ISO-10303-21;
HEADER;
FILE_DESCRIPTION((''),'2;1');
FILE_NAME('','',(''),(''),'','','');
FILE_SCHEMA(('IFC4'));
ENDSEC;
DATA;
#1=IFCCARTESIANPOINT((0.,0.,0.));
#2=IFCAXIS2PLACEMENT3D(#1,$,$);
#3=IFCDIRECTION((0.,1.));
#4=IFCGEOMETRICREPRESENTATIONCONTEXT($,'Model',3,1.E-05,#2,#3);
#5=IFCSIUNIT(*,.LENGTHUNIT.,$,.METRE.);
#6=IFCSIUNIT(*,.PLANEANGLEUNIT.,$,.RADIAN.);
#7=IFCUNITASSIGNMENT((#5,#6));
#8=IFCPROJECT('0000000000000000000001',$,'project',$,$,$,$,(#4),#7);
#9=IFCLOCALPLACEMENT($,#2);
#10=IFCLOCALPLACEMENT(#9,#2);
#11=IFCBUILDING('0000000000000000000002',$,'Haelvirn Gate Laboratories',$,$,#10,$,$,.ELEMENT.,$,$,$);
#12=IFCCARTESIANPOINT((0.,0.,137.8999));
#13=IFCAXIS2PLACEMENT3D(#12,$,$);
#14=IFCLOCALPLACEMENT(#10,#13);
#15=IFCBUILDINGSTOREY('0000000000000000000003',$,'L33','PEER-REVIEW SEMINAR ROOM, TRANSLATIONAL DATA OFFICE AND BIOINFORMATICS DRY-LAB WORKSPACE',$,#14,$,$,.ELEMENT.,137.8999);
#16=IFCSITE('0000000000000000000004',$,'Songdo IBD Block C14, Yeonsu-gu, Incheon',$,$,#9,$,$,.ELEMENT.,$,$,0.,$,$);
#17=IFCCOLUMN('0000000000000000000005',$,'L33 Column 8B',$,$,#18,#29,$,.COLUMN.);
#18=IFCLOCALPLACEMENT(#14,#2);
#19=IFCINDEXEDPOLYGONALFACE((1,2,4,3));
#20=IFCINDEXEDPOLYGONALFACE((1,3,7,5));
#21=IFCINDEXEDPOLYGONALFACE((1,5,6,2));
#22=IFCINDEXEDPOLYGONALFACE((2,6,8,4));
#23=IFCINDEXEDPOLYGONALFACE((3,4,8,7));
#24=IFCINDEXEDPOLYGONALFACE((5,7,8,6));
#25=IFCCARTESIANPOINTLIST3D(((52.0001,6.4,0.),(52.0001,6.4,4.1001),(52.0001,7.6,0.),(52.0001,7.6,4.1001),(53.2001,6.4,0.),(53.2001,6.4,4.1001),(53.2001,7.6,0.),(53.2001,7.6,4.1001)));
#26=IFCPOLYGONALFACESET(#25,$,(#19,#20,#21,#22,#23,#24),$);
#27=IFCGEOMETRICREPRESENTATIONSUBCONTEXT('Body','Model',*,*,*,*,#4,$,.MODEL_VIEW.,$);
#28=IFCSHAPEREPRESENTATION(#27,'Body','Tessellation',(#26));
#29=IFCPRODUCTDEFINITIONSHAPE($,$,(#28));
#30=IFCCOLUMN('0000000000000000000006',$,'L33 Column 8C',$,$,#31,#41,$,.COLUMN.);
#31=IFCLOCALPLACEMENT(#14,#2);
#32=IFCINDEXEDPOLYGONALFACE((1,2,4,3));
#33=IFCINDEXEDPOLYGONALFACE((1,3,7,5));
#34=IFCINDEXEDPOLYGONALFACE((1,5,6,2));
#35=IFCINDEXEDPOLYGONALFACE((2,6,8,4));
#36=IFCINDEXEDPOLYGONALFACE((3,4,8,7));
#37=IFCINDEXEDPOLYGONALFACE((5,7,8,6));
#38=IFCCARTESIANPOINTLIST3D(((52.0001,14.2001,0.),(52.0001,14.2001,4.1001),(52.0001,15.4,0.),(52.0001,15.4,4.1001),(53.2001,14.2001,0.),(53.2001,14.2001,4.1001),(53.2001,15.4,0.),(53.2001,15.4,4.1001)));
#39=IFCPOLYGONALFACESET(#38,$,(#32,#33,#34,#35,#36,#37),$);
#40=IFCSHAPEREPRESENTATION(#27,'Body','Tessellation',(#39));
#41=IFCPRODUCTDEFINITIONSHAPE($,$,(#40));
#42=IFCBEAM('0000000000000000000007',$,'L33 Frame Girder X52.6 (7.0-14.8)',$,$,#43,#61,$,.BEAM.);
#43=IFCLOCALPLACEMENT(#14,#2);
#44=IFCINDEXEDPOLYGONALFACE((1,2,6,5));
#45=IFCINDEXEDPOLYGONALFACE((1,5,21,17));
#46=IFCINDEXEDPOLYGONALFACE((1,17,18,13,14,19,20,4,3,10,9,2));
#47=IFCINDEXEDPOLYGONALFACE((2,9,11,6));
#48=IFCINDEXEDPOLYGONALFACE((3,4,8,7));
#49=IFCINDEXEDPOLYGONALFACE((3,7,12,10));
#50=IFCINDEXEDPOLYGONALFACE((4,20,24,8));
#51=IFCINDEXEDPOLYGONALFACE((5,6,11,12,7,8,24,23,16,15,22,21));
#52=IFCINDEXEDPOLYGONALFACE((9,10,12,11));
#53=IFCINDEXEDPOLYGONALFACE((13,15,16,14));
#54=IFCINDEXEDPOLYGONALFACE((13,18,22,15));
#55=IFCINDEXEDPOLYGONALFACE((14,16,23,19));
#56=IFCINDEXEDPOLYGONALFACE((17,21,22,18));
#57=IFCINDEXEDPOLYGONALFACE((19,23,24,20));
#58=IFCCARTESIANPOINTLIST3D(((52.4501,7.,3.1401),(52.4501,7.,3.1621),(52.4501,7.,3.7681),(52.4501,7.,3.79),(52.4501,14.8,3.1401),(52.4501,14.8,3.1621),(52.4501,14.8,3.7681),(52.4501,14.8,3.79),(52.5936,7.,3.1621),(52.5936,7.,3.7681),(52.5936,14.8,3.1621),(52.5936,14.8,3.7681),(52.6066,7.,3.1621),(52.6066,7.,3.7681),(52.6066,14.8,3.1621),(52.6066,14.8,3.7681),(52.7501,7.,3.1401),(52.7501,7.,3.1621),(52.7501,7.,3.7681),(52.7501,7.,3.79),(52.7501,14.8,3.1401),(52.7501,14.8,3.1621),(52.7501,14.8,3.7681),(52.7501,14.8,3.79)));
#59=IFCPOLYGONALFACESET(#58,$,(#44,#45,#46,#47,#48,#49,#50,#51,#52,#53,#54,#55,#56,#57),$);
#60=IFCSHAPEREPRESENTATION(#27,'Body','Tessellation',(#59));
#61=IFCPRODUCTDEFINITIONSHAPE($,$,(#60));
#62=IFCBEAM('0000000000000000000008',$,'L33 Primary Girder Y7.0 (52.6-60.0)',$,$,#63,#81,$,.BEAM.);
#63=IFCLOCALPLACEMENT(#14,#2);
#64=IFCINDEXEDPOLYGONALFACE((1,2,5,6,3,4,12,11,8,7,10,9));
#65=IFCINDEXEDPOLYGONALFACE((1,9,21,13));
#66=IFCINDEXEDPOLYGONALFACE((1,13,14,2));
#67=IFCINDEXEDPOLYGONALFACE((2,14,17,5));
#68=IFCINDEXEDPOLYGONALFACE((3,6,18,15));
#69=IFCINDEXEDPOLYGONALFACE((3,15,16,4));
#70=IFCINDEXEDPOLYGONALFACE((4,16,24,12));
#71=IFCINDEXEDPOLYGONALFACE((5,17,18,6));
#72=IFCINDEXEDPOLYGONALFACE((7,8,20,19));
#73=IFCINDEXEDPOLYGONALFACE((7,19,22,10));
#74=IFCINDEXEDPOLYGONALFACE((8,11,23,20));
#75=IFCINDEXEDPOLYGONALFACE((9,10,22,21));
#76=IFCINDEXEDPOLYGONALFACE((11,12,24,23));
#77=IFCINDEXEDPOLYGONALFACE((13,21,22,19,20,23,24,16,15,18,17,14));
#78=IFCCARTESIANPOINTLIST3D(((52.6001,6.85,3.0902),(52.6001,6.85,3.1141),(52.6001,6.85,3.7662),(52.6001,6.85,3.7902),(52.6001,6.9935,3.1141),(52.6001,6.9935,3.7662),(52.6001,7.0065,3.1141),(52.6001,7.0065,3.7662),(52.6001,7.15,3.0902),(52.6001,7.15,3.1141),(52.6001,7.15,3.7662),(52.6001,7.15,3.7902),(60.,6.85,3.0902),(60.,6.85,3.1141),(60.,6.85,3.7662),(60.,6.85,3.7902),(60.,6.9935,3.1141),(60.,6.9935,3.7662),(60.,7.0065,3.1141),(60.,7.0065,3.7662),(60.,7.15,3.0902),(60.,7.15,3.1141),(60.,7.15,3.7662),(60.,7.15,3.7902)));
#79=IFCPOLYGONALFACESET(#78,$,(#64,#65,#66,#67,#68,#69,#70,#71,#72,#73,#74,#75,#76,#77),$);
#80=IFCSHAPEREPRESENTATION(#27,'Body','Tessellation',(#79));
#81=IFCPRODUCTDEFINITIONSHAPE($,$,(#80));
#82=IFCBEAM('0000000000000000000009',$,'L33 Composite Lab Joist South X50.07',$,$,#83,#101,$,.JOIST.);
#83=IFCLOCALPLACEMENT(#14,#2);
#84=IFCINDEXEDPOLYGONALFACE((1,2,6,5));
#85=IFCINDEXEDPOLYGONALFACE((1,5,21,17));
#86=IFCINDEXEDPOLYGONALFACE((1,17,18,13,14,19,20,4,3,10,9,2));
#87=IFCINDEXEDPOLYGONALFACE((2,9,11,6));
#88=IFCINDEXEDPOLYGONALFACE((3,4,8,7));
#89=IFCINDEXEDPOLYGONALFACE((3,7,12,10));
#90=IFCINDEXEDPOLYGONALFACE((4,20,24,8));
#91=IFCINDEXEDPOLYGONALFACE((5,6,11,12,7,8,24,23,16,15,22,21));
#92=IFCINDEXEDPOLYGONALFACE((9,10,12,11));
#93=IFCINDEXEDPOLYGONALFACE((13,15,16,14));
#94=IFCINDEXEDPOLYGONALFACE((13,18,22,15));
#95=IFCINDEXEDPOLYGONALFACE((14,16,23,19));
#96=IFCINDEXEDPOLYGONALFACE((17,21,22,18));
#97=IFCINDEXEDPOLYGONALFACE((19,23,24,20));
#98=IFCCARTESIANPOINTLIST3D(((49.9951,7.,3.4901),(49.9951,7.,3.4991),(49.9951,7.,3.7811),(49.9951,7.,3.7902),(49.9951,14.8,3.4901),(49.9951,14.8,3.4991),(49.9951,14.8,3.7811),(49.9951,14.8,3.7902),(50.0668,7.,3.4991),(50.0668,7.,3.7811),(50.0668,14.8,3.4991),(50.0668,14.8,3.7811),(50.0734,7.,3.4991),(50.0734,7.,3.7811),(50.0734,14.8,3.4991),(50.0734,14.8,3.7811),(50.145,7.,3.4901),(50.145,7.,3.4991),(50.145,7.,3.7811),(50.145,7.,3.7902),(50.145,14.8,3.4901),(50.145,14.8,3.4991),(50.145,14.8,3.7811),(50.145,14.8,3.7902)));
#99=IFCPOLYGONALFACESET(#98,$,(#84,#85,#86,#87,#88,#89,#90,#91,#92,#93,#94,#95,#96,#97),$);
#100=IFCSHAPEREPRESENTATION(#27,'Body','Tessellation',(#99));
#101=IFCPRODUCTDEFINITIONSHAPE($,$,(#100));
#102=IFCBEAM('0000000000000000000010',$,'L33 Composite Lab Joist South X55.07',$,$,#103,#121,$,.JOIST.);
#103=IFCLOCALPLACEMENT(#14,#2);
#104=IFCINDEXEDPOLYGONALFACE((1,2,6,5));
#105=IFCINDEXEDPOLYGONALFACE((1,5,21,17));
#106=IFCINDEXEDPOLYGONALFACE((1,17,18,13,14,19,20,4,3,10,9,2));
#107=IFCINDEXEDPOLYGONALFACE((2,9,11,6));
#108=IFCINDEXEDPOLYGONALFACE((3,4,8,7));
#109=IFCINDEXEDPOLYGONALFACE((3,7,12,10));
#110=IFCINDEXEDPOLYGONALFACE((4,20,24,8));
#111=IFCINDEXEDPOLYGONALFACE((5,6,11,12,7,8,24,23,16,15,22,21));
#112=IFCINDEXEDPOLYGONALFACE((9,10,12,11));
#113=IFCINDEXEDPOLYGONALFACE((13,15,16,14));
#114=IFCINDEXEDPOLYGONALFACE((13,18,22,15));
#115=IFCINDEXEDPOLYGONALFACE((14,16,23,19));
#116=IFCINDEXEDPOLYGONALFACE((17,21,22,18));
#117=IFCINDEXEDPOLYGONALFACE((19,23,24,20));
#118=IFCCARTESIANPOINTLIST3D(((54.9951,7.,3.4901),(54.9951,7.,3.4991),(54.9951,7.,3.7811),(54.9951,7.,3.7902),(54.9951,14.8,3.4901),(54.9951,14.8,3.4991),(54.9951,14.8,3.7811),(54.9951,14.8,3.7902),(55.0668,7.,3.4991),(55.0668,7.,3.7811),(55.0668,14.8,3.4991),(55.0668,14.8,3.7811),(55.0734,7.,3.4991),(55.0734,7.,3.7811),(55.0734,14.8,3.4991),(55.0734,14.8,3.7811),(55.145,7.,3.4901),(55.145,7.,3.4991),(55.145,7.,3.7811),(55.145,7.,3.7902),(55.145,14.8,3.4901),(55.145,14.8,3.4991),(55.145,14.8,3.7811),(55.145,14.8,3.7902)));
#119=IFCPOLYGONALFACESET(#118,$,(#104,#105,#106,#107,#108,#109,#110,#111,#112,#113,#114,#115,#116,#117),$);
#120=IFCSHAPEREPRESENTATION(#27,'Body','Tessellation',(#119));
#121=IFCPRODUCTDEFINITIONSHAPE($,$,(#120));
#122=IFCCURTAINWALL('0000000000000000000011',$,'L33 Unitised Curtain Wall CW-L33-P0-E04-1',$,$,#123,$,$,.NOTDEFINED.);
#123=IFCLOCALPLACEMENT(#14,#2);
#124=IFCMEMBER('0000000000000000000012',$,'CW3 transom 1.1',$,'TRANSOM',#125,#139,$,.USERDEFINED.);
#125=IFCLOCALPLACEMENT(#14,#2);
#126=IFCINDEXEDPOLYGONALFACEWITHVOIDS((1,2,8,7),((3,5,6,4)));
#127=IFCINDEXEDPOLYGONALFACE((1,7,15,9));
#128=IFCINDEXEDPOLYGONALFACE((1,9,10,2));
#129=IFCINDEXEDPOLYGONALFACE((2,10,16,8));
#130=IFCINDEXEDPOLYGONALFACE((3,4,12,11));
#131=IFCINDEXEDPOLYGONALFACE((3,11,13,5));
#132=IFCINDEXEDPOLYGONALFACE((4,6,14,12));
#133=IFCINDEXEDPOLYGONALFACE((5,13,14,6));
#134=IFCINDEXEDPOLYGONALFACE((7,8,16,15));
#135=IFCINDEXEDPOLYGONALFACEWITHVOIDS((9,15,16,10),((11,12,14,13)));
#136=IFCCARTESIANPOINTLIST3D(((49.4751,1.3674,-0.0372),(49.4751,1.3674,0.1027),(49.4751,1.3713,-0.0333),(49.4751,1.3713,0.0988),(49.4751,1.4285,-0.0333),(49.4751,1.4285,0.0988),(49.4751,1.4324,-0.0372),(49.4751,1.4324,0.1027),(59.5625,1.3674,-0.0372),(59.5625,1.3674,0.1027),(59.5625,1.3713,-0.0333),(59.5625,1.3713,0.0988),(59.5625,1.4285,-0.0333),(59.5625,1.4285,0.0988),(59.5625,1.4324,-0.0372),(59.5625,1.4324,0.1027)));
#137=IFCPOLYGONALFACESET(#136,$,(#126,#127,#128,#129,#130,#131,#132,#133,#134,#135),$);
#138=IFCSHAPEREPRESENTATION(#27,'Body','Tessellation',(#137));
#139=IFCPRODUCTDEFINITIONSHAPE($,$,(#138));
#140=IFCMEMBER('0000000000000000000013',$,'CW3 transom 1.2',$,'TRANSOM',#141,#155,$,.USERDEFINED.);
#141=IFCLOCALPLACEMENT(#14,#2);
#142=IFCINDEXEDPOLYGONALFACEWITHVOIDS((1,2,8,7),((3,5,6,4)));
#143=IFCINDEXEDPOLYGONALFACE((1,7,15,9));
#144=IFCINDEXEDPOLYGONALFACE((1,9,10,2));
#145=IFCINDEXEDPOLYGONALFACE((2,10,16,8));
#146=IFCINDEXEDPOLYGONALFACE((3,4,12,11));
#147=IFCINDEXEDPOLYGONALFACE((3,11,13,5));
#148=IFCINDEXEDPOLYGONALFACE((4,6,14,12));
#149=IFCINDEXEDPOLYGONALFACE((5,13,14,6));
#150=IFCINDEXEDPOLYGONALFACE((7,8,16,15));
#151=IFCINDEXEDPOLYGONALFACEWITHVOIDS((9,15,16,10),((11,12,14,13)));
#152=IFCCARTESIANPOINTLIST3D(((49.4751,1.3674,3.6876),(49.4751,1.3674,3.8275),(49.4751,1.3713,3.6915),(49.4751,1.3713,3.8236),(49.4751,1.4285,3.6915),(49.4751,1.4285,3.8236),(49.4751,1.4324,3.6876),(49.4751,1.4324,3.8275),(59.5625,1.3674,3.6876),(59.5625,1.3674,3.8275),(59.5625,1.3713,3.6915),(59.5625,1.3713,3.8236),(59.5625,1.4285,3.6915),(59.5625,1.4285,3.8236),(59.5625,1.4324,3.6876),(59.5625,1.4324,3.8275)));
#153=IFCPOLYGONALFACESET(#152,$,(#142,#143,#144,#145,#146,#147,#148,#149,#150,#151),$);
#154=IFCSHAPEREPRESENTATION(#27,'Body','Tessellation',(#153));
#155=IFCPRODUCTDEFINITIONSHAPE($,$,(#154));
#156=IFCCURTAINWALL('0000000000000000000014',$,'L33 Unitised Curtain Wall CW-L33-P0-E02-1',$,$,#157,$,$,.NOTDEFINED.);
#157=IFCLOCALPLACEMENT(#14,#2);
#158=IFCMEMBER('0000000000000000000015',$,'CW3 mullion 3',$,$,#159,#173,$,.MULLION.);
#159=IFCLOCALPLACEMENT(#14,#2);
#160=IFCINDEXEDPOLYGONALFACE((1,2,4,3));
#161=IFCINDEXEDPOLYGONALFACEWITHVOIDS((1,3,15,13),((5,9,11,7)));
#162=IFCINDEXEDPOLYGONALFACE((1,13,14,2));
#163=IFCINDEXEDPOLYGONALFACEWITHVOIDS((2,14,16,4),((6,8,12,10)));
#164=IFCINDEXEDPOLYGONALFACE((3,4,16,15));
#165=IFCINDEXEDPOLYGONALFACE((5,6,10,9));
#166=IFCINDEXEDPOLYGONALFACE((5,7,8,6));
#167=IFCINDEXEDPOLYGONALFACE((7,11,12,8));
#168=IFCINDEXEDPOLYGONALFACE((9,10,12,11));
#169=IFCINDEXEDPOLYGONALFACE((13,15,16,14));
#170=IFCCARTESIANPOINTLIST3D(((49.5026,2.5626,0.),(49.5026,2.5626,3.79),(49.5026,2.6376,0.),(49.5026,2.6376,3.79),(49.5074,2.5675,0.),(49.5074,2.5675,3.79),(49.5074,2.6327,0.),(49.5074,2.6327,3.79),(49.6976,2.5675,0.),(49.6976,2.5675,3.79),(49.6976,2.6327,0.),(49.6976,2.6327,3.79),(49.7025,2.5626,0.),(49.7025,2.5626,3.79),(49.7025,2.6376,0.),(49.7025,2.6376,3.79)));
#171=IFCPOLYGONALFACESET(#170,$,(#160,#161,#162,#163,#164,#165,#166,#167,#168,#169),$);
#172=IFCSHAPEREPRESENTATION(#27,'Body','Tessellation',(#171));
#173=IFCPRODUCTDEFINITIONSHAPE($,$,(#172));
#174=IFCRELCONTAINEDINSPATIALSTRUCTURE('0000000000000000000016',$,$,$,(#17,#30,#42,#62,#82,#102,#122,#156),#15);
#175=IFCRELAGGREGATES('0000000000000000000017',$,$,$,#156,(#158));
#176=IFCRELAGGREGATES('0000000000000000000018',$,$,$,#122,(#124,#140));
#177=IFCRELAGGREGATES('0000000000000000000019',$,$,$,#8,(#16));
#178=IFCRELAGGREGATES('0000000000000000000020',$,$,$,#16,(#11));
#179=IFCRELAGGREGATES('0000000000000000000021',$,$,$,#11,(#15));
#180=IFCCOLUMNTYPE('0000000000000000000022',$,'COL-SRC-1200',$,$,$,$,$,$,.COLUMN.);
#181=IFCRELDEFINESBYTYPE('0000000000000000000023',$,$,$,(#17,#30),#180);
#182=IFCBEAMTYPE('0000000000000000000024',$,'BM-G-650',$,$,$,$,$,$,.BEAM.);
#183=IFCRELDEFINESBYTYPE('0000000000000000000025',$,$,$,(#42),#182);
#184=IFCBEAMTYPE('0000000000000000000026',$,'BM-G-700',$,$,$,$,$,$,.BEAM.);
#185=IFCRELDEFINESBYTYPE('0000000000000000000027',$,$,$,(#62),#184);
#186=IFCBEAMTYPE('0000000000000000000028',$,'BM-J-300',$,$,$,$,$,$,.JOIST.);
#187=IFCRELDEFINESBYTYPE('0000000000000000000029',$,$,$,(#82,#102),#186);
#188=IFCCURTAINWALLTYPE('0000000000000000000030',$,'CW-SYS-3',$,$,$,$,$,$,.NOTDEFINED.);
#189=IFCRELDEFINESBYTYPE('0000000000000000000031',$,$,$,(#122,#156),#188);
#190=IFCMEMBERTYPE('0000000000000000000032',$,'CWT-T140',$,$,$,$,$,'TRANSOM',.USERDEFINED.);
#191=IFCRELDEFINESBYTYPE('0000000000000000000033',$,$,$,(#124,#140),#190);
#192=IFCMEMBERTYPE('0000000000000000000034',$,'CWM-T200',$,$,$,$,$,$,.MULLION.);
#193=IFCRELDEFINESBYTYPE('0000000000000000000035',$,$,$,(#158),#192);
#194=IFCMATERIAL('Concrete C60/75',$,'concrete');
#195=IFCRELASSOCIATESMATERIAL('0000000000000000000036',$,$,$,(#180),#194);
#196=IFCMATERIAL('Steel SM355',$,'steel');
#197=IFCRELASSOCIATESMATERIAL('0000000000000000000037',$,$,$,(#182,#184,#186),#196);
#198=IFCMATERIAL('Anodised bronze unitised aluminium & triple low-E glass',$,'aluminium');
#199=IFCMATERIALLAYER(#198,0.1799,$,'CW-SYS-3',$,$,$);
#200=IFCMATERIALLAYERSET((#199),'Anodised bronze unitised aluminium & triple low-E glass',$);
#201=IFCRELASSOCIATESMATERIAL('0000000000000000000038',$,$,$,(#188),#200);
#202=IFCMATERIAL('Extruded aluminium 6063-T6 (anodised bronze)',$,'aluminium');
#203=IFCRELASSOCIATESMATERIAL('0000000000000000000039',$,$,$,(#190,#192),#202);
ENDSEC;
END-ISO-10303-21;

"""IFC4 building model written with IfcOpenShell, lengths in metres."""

from ifc_helpers import new_model, si_unit, direction, frame, origin, origin_2d, place, context, subcontext, project, spatial, rectangle, hollow_rectangle, i_section, extrude, source, transform, mapped, material, layer, layer_set, material_profile, profile_set, type_object, type_shapes, element, aggregate, save


model = new_model("IFC4")

# Units and contexts
model_context = context("Model", 3, precision=1e-05, world=origin(), true_north=direction((0.0, 1.0)))
body_context = subcontext(model_context, "Body", "Model", "MODEL_VIEW")
ifc_project = project(units=[si_unit("LENGTHUNIT", "METRE"), si_unit("PLANEANGLEUNIT", "RADIAN")], contexts=[model_context])

# Site, building, storey
site_placement = place(None, origin())
site = spatial("IfcSite", under=ifc_project, at=site_placement, Name="Songdo IBD Block C14, Yeonsu-gu, Incheon", CompositionType="ELEMENT", RefElevation=0.0)
building_placement = place(site_placement, origin())
building = spatial("IfcBuilding", under=site, at=building_placement, Name="Haelvirn Gate Laboratories", CompositionType="ELEMENT")
storey_placement = place(building_placement, frame((0.0, 0.0, 137.8999)))
storey = spatial("IfcBuildingStorey", under=building, at=storey_placement, Name="L33", Description="PEER-REVIEW SEMINAR ROOM, TRANSLATIONAL DATA OFFICE AND BIOINFORMATICS DRY-LAB WORKSPACE", CompositionType="ELEMENT", Elevation=137.8999)

# Columns
ifc_material_1 = material(Name="Concrete C60/75", Category="concrete")
ifc_material_profile_1 = material_profile(ifc_material_1, rectangle(XDim=1.2, YDim=1.2, at=origin_2d()), Name="SRC-1200x1200")
ifc_profile_set_1 = profile_set([ifc_material_profile_1], Name="Concrete C60/75")
column_type = type_object("IfcColumnType", Name="COL-SRC-1200", PredefinedType="COLUMN", material=ifc_profile_set_1)
shared_shape_1 = source(origin(), body_context, "Body", "SweptSolid", [
    extrude(rectangle(XDim=1.2, YDim=1.2, at=origin_2d()), origin(), (0.0, 0.0, 1.0), 4.1001),
])
type_shapes(column_type, [shared_shape_1])
for number, where, z_axis, x_axis, name in (
    (1, (52.6001, 7.0, 0.0), (0.0, 0.0, 1.0), (1.0, 0.0, 0.0), "L33 Column 8B"),
    (2, (52.6001, 14.8, 0.0), (0.0, 0.0, 1.0), (1.0, 0.0, 0.0), "L33 Column 8C"),
):
    element("IfcColumn", number, at=place(storey_placement, frame(where, z_axis=z_axis, x_axis=x_axis)), inside=storey, type_object=column_type, Name=name, PredefinedType="COLUMN", context=body_context, shape_type="MappedRepresentation", body=[
        mapped(shared_shape_1, transform((0.0, 0.0, 0.0), scale=1.0)),
    ])

# Beams
ifc_material_2 = material(Name="Steel SM355", Category="steel")
ifc_material_profile_2 = material_profile(ifc_material_2, i_section(OverallWidth=0.3, OverallDepth=0.6499, WebThickness=0.0129, FlangeThickness=0.022, at=origin_2d()), Name="H-650x300x13x22")
ifc_profile_set_2 = profile_set([ifc_material_profile_2], Name="Steel SM355")
beam_type_1 = type_object("IfcBeamType", Name="BM-G-650", PredefinedType="BEAM", material=ifc_profile_set_2)
shared_shape_2 = source(origin(), body_context, "Body", "SweptSolid", [
    extrude(i_section(OverallWidth=0.3, OverallDepth=0.6499, WebThickness=0.0129, FlangeThickness=0.022, at=origin_2d()), origin(), (0.0, 0.0, 1.0), 7.8),
])
type_shapes(beam_type_1, [shared_shape_2])
beam_1_placement = place(storey_placement, frame((52.6001, 7.0, 3.4651), z_axis=(0.0, 1.0, 0.0), x_axis=(-1.0, 0.0, 0.0)))
element("IfcBeam", 3, at=beam_1_placement, inside=storey, type_object=beam_type_1, Name="L33 Frame Girder X52.6 (7.0-14.8)", PredefinedType="BEAM", context=body_context, shape_type="MappedRepresentation", body=[
    mapped(shared_shape_2, transform((0.0, 0.0, 0.0), scale=1.0)),
])
ifc_material_profile_3 = material_profile(ifc_material_2, i_section(OverallWidth=0.3, OverallDepth=0.7, WebThickness=0.0129, FlangeThickness=0.0239, at=origin_2d()), Name="H-700x300x13x24")
ifc_profile_set_3 = profile_set([ifc_material_profile_3], Name="Steel SM355")
beam_type_2 = type_object("IfcBeamType", Name="BM-G-700", PredefinedType="BEAM", material=ifc_profile_set_3)
shared_shape_3 = source(origin(), body_context, "Body", "SweptSolid", [
    extrude(i_section(OverallWidth=0.3, OverallDepth=0.7, WebThickness=0.0129, FlangeThickness=0.0239, at=origin_2d()), origin(), (0.0, 0.0, 1.0), 7.3999),
])
type_shapes(beam_type_2, [shared_shape_3])
beam_2_placement = place(storey_placement, frame((52.6001, 7.0, 3.4402), z_axis=(1.0, 0.0, 0.0), x_axis=(0.0, 1.0, 0.0)))
element("IfcBeam", 4, at=beam_2_placement, inside=storey, type_object=beam_type_2, Name="L33 Primary Girder Y7.0 (52.6-60.0)", PredefinedType="BEAM", context=body_context, shape_type="MappedRepresentation", body=[
    mapped(shared_shape_3, transform((0.0, 0.0, 0.0), scale=1.0)),
])
ifc_material_profile_4 = material_profile(ifc_material_2, i_section(OverallWidth=0.1499, OverallDepth=0.3, WebThickness=0.0066, FlangeThickness=0.009, at=origin_2d()), Name="H-300x150x6.5x9")
ifc_profile_set_4 = profile_set([ifc_material_profile_4], Name="Steel SM355")
beam_type_3 = type_object("IfcBeamType", Name="BM-J-300", PredefinedType="JOIST", material=ifc_profile_set_4)
shared_shape_4 = source(origin(), body_context, "Body", "SweptSolid", [
    extrude(i_section(OverallWidth=0.1499, OverallDepth=0.3, WebThickness=0.0066, FlangeThickness=0.009, at=origin_2d()), origin(), (0.0, 0.0, 1.0), 7.8),
])
type_shapes(beam_type_3, [shared_shape_4])
for number, where, z_axis, x_axis, name in (
    (5, (50.0701, 7.0, 3.6401), (0.0, 1.0, 0.0), (-1.0, 0.0, 0.0), "L33 Composite Lab Joist South X50.07"),
    (6, (55.0701, 7.0, 3.6401), (0.0, 1.0, 0.0), (-1.0, 0.0, 0.0), "L33 Composite Lab Joist South X55.07"),
):
    element("IfcBeam", number, at=place(storey_placement, frame(where, z_axis=z_axis, x_axis=x_axis)), inside=storey, type_object=beam_type_3, Name=name, PredefinedType="JOIST", context=body_context, shape_type="MappedRepresentation", body=[
        mapped(shared_shape_4, transform((0.0, 0.0, 0.0), scale=1.0)),
    ])

# Curtain wall, members
ifc_material_3 = material(Name="Anodised bronze unitised aluminium & triple low-E glass", Category="aluminium")
ifc_layer_1 = layer(ifc_material_3, 0.1799, Name="CW-SYS-3")
ifc_layer_set_1 = layer_set([ifc_layer_1], Name="Anodised bronze unitised aluminium & triple low-E glass")
curtain_wall_type = type_object("IfcCurtainWallType", Name="CW-SYS-3", PredefinedType="NOTDEFINED", material=ifc_layer_set_1)
curtain_wall_1_placement = place(storey_placement, origin())
curtain_wall_1 = element("IfcCurtainWall", 7, at=curtain_wall_1_placement, inside=storey, type_object=curtain_wall_type, Name="L33 Unitised Curtain Wall CW-L33-P0-E04-1", PredefinedType="NOTDEFINED")
ifc_material_4 = material(Name="Extruded aluminium 6063-T6 (anodised bronze)", Category="aluminium")
ifc_material_profile_5 = material_profile(ifc_material_4, hollow_rectangle(XDim=0.0649, YDim=0.1399, WallThickness=0.0039, at=origin_2d()), Name="CWT-140x65x4")
ifc_profile_set_5 = profile_set([ifc_material_profile_5], Name="Extruded aluminium 6063-T6 (anodised bronze)")
member_type_1 = type_object("IfcMemberType", Name="CWT-T140", ElementType="TRANSOM", PredefinedType="USERDEFINED", material=ifc_profile_set_5)
shared_shape_5 = source(origin(), body_context, "Body", "SweptSolid", [
    extrude(hollow_rectangle(XDim=0.0649, YDim=0.1399, WallThickness=0.0039, at=origin_2d()), origin(), (0.0, 0.0, 1.0), 10.0874),
])
type_shapes(member_type_1, [shared_shape_5])
member_1_placement = place(storey_placement, frame((49.4751, 1.3999, 0.0327), z_axis=(1.0, 0.0, 0.0), x_axis=(0.0, 1.0, 0.0)))
member_1 = element("IfcMember", 8, at=member_1_placement, type_object=member_type_1, Name="CW3 transom 1.1", ObjectType="TRANSOM", PredefinedType="USERDEFINED", context=body_context, shape_type="MappedRepresentation", body=[
    mapped(shared_shape_5, transform((0.0, 0.0, 0.0), scale=1.0)),
])
member_2_placement = place(storey_placement, frame((49.4751, 1.3999, 3.7576), z_axis=(1.0, 0.0, 0.0), x_axis=(0.0, 1.0, 0.0)))
member_2 = element("IfcMember", 9, at=member_2_placement, type_object=member_type_1, Name="CW3 transom 1.2", ObjectType="TRANSOM", PredefinedType="USERDEFINED", context=body_context, shape_type="MappedRepresentation", body=[
    mapped(shared_shape_5, transform((0.0, 0.0, 0.0), scale=1.0)),
])

# Curtain wall, member
curtain_wall_2_placement = place(storey_placement, origin())
curtain_wall_2 = element("IfcCurtainWall", 10, at=curtain_wall_2_placement, inside=storey, type_object=curtain_wall_type, Name="L33 Unitised Curtain Wall CW-L33-P0-E02-1", PredefinedType="NOTDEFINED")
ifc_material_profile_6 = material_profile(ifc_material_4, hollow_rectangle(XDim=0.075, YDim=0.2, WallThickness=0.0049, at=origin_2d()), Name="CWM-200x75x5")
ifc_profile_set_6 = profile_set([ifc_material_profile_6], Name="Extruded aluminium 6063-T6 (anodised bronze)")
member_type_2 = type_object("IfcMemberType", Name="CWM-T200", PredefinedType="MULLION", material=ifc_profile_set_6)
shared_shape_6 = source(origin(), body_context, "Body", "SweptSolid", [
    extrude(hollow_rectangle(XDim=0.075, YDim=0.2, WallThickness=0.0049, at=origin_2d()), origin(), (0.0, 0.0, 1.0), 3.79),
])
type_shapes(member_type_2, [shared_shape_6])
member_3_placement = place(storey_placement, frame((49.6025, 2.6001, 0.0), z_axis=(0.0, 0.0, 1.0), x_axis=(0.0, 1.0, 0.0)))
member_3 = element("IfcMember", 11, at=member_3_placement, type_object=member_type_2, Name="CW3 mullion 3", PredefinedType="MULLION", context=body_context, shape_type="MappedRepresentation", body=[
    mapped(shared_shape_6, transform((0.0, 0.0, 0.0), scale=1.0)),
])
aggregate(curtain_wall_2, [member_3])

aggregate(curtain_wall_1, [member_1, member_2])

save(model, "model.ifc")
